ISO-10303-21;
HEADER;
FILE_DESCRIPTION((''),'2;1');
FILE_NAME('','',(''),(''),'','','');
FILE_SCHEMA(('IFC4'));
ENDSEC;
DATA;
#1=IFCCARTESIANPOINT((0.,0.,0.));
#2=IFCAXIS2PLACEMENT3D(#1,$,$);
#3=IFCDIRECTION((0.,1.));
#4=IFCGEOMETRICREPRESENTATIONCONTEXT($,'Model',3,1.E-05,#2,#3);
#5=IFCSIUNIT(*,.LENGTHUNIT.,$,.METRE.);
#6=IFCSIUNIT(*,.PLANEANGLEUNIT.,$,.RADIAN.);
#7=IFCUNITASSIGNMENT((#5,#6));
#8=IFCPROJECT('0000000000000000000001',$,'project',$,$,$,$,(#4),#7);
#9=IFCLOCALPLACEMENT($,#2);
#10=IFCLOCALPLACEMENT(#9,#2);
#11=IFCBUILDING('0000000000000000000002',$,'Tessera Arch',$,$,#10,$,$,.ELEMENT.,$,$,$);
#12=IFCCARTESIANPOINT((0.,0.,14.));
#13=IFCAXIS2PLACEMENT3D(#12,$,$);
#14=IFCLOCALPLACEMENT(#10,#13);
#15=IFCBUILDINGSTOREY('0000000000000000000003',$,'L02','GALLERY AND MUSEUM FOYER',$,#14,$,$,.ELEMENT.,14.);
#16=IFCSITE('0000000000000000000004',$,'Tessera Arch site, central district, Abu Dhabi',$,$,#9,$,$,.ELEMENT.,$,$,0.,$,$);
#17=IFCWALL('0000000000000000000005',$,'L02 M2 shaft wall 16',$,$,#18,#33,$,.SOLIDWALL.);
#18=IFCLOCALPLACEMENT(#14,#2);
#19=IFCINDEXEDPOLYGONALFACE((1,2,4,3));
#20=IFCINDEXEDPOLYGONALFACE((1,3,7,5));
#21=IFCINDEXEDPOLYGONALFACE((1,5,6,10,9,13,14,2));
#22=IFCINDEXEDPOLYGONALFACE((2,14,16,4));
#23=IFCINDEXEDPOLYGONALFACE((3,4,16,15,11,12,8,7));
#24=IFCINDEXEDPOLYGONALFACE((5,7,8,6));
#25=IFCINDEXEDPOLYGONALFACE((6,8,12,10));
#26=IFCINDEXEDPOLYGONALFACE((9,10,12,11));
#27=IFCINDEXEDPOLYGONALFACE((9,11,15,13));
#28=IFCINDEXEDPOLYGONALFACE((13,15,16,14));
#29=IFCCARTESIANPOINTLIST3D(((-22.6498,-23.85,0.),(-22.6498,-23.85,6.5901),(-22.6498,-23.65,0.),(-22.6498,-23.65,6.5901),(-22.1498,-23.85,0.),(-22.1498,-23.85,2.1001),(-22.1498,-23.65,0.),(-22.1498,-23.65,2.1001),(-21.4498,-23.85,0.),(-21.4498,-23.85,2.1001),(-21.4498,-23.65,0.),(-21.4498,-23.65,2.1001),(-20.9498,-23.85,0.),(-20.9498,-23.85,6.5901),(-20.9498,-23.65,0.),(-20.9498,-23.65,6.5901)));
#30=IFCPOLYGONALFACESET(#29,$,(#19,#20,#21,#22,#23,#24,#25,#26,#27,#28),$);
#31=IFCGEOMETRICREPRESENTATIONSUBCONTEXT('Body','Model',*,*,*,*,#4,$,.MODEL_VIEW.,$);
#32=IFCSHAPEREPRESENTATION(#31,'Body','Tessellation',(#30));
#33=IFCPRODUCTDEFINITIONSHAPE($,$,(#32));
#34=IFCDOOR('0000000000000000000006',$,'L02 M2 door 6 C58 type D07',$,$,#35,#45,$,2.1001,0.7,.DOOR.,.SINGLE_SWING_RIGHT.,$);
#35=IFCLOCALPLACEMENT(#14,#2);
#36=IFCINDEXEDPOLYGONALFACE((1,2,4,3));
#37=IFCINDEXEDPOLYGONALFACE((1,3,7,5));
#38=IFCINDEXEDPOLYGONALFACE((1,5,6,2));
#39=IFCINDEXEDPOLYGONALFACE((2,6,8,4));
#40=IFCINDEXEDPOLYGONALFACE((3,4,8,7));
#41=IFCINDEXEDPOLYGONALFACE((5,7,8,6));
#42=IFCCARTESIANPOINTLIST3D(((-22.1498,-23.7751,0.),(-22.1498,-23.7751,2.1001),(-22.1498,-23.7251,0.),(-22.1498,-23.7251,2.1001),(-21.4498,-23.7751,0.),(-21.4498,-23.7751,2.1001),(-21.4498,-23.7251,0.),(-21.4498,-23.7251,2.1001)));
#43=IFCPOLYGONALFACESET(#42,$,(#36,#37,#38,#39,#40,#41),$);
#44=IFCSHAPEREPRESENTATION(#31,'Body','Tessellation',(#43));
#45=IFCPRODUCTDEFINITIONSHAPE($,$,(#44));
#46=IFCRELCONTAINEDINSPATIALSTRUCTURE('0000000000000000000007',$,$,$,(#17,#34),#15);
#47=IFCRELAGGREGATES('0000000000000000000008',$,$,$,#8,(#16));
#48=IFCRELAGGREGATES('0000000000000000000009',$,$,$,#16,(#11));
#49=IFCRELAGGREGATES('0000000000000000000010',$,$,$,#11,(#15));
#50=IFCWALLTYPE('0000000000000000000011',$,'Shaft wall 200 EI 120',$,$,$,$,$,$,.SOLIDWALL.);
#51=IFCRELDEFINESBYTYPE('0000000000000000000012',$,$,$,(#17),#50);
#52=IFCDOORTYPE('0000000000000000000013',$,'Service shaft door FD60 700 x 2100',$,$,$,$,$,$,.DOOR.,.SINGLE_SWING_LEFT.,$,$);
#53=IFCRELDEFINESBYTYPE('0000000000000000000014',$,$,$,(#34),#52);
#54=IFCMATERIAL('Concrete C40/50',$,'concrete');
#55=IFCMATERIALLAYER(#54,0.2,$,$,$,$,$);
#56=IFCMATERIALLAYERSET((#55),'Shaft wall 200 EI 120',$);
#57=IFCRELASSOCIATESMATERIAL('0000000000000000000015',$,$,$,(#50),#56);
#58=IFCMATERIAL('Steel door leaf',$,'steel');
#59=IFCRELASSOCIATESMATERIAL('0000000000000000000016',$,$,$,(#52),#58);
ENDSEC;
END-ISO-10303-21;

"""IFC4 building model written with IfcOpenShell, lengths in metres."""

from ifc_helpers import new_model, si_unit, direction, frame, frame_2d, origin, place, context, subcontext, project, spatial, rectangle, extrude, material, layer, layer_set, type_object, element, fill, save


model = new_model("IFC4")

# Units and contexts
model_context = context("Model", 3, precision=1e-05, world=origin(), true_north=direction((0.0, 1.0)))
body_context = subcontext(model_context, "Body", "Model", "MODEL_VIEW")
ifc_project = project(units=[si_unit("LENGTHUNIT", "METRE"), si_unit("PLANEANGLEUNIT", "RADIAN")], contexts=[model_context])

# Site, building, storey
site_placement = place(None, origin())
site = spatial("IfcSite", under=ifc_project, at=site_placement, Name="Tessera Arch site, central district, Abu Dhabi", CompositionType="ELEMENT", RefElevation=0.0)
building_placement = place(site_placement, origin())
building = spatial("IfcBuilding", under=site, at=building_placement, Name="Tessera Arch", CompositionType="ELEMENT")
storey_placement = place(building_placement, frame((0.0, 0.0, 14.0)))
storey = spatial("IfcBuildingStorey", under=building, at=storey_placement, Name="L02", Description="GALLERY AND MUSEUM FOYER", CompositionType="ELEMENT", Elevation=14.0)

# Shared definitions
ifc_material_1 = material(Name="Concrete C40/50", Category="concrete")
ifc_layer_1 = layer(ifc_material_1, 0.2)
ifc_layer_set_1 = layer_set([ifc_layer_1], Name="Shaft wall 200 EI 120")
wall_type_1 = type_object("IfcWallType", Name="Shaft wall 200 EI 120", PredefinedType="SOLIDWALL", material=ifc_layer_set_1)

# Wall, opening, door
wall_1_placement = place(storey_placement, frame((-22.6499, -23.75, 0.0), z_axis=(0.0, 0.0, 1.0), x_axis=(1.0, 0.0, 0.0)))
wall_1 = element("IfcWall", 1, at=wall_1_placement, inside=storey, type_object=wall_type_1, Name="L02 M2 shaft wall 16", PredefinedType="SOLIDWALL", context=body_context, shape_type="SweptSolid", body=[
    extrude(rectangle(XDim=1.7, YDim=0.2, at=frame_2d((0.8501, 0.0))), origin(), (0.0, 0.0, 1.0), 6.5901),
])
opening_1_placement = place(wall_1_placement, frame((0.5, 0.0, 0.0)))
opening_1 = element("IfcOpeningElement", 2, at=opening_1_placement, cuts=wall_1, PredefinedType="OPENING", context=body_context, shape_type="SweptSolid", body=[
    extrude(rectangle(XDim=0.7, YDim=2.1001, at=frame_2d((0.3501, 1.05))), frame((0.0, 0.1099, 0.0), z_axis=(0.0, -1.0, 0.0), x_axis=(1.0, 0.0, 0.0)), (0.0, 0.0, 1.0), 0.22),
])
ifc_material_2 = material(Name="Steel door leaf", Category="steel")
door_type_1 = type_object("IfcDoorType", Name="Service shaft door FD60 700 x 2100", OperationType="SINGLE_SWING_LEFT", PredefinedType="DOOR", material=ifc_material_2)
door_1_placement = place(opening_1_placement, origin())
door_1 = element("IfcDoor", 3, at=door_1_placement, inside=storey, type_object=door_type_1, Name="L02 M2 door 6 C58 type D07", OperationType="SINGLE_SWING_RIGHT", OverallHeight=2.1001, OverallWidth=0.7, PredefinedType="DOOR", context=body_context, shape_type="SweptSolid", body=[
    extrude(rectangle(XDim=0.7, YDim=2.1001, at=frame_2d((0.3501, 1.05))), frame((0.0, 0.0249, 0.0), z_axis=(0.0, -1.0, 0.0), x_axis=(1.0, 0.0, 0.0)), (0.0, 0.0, 1.0), 0.05),
])
fill(opening_1, door_1)

save(model, "model.ifc")
